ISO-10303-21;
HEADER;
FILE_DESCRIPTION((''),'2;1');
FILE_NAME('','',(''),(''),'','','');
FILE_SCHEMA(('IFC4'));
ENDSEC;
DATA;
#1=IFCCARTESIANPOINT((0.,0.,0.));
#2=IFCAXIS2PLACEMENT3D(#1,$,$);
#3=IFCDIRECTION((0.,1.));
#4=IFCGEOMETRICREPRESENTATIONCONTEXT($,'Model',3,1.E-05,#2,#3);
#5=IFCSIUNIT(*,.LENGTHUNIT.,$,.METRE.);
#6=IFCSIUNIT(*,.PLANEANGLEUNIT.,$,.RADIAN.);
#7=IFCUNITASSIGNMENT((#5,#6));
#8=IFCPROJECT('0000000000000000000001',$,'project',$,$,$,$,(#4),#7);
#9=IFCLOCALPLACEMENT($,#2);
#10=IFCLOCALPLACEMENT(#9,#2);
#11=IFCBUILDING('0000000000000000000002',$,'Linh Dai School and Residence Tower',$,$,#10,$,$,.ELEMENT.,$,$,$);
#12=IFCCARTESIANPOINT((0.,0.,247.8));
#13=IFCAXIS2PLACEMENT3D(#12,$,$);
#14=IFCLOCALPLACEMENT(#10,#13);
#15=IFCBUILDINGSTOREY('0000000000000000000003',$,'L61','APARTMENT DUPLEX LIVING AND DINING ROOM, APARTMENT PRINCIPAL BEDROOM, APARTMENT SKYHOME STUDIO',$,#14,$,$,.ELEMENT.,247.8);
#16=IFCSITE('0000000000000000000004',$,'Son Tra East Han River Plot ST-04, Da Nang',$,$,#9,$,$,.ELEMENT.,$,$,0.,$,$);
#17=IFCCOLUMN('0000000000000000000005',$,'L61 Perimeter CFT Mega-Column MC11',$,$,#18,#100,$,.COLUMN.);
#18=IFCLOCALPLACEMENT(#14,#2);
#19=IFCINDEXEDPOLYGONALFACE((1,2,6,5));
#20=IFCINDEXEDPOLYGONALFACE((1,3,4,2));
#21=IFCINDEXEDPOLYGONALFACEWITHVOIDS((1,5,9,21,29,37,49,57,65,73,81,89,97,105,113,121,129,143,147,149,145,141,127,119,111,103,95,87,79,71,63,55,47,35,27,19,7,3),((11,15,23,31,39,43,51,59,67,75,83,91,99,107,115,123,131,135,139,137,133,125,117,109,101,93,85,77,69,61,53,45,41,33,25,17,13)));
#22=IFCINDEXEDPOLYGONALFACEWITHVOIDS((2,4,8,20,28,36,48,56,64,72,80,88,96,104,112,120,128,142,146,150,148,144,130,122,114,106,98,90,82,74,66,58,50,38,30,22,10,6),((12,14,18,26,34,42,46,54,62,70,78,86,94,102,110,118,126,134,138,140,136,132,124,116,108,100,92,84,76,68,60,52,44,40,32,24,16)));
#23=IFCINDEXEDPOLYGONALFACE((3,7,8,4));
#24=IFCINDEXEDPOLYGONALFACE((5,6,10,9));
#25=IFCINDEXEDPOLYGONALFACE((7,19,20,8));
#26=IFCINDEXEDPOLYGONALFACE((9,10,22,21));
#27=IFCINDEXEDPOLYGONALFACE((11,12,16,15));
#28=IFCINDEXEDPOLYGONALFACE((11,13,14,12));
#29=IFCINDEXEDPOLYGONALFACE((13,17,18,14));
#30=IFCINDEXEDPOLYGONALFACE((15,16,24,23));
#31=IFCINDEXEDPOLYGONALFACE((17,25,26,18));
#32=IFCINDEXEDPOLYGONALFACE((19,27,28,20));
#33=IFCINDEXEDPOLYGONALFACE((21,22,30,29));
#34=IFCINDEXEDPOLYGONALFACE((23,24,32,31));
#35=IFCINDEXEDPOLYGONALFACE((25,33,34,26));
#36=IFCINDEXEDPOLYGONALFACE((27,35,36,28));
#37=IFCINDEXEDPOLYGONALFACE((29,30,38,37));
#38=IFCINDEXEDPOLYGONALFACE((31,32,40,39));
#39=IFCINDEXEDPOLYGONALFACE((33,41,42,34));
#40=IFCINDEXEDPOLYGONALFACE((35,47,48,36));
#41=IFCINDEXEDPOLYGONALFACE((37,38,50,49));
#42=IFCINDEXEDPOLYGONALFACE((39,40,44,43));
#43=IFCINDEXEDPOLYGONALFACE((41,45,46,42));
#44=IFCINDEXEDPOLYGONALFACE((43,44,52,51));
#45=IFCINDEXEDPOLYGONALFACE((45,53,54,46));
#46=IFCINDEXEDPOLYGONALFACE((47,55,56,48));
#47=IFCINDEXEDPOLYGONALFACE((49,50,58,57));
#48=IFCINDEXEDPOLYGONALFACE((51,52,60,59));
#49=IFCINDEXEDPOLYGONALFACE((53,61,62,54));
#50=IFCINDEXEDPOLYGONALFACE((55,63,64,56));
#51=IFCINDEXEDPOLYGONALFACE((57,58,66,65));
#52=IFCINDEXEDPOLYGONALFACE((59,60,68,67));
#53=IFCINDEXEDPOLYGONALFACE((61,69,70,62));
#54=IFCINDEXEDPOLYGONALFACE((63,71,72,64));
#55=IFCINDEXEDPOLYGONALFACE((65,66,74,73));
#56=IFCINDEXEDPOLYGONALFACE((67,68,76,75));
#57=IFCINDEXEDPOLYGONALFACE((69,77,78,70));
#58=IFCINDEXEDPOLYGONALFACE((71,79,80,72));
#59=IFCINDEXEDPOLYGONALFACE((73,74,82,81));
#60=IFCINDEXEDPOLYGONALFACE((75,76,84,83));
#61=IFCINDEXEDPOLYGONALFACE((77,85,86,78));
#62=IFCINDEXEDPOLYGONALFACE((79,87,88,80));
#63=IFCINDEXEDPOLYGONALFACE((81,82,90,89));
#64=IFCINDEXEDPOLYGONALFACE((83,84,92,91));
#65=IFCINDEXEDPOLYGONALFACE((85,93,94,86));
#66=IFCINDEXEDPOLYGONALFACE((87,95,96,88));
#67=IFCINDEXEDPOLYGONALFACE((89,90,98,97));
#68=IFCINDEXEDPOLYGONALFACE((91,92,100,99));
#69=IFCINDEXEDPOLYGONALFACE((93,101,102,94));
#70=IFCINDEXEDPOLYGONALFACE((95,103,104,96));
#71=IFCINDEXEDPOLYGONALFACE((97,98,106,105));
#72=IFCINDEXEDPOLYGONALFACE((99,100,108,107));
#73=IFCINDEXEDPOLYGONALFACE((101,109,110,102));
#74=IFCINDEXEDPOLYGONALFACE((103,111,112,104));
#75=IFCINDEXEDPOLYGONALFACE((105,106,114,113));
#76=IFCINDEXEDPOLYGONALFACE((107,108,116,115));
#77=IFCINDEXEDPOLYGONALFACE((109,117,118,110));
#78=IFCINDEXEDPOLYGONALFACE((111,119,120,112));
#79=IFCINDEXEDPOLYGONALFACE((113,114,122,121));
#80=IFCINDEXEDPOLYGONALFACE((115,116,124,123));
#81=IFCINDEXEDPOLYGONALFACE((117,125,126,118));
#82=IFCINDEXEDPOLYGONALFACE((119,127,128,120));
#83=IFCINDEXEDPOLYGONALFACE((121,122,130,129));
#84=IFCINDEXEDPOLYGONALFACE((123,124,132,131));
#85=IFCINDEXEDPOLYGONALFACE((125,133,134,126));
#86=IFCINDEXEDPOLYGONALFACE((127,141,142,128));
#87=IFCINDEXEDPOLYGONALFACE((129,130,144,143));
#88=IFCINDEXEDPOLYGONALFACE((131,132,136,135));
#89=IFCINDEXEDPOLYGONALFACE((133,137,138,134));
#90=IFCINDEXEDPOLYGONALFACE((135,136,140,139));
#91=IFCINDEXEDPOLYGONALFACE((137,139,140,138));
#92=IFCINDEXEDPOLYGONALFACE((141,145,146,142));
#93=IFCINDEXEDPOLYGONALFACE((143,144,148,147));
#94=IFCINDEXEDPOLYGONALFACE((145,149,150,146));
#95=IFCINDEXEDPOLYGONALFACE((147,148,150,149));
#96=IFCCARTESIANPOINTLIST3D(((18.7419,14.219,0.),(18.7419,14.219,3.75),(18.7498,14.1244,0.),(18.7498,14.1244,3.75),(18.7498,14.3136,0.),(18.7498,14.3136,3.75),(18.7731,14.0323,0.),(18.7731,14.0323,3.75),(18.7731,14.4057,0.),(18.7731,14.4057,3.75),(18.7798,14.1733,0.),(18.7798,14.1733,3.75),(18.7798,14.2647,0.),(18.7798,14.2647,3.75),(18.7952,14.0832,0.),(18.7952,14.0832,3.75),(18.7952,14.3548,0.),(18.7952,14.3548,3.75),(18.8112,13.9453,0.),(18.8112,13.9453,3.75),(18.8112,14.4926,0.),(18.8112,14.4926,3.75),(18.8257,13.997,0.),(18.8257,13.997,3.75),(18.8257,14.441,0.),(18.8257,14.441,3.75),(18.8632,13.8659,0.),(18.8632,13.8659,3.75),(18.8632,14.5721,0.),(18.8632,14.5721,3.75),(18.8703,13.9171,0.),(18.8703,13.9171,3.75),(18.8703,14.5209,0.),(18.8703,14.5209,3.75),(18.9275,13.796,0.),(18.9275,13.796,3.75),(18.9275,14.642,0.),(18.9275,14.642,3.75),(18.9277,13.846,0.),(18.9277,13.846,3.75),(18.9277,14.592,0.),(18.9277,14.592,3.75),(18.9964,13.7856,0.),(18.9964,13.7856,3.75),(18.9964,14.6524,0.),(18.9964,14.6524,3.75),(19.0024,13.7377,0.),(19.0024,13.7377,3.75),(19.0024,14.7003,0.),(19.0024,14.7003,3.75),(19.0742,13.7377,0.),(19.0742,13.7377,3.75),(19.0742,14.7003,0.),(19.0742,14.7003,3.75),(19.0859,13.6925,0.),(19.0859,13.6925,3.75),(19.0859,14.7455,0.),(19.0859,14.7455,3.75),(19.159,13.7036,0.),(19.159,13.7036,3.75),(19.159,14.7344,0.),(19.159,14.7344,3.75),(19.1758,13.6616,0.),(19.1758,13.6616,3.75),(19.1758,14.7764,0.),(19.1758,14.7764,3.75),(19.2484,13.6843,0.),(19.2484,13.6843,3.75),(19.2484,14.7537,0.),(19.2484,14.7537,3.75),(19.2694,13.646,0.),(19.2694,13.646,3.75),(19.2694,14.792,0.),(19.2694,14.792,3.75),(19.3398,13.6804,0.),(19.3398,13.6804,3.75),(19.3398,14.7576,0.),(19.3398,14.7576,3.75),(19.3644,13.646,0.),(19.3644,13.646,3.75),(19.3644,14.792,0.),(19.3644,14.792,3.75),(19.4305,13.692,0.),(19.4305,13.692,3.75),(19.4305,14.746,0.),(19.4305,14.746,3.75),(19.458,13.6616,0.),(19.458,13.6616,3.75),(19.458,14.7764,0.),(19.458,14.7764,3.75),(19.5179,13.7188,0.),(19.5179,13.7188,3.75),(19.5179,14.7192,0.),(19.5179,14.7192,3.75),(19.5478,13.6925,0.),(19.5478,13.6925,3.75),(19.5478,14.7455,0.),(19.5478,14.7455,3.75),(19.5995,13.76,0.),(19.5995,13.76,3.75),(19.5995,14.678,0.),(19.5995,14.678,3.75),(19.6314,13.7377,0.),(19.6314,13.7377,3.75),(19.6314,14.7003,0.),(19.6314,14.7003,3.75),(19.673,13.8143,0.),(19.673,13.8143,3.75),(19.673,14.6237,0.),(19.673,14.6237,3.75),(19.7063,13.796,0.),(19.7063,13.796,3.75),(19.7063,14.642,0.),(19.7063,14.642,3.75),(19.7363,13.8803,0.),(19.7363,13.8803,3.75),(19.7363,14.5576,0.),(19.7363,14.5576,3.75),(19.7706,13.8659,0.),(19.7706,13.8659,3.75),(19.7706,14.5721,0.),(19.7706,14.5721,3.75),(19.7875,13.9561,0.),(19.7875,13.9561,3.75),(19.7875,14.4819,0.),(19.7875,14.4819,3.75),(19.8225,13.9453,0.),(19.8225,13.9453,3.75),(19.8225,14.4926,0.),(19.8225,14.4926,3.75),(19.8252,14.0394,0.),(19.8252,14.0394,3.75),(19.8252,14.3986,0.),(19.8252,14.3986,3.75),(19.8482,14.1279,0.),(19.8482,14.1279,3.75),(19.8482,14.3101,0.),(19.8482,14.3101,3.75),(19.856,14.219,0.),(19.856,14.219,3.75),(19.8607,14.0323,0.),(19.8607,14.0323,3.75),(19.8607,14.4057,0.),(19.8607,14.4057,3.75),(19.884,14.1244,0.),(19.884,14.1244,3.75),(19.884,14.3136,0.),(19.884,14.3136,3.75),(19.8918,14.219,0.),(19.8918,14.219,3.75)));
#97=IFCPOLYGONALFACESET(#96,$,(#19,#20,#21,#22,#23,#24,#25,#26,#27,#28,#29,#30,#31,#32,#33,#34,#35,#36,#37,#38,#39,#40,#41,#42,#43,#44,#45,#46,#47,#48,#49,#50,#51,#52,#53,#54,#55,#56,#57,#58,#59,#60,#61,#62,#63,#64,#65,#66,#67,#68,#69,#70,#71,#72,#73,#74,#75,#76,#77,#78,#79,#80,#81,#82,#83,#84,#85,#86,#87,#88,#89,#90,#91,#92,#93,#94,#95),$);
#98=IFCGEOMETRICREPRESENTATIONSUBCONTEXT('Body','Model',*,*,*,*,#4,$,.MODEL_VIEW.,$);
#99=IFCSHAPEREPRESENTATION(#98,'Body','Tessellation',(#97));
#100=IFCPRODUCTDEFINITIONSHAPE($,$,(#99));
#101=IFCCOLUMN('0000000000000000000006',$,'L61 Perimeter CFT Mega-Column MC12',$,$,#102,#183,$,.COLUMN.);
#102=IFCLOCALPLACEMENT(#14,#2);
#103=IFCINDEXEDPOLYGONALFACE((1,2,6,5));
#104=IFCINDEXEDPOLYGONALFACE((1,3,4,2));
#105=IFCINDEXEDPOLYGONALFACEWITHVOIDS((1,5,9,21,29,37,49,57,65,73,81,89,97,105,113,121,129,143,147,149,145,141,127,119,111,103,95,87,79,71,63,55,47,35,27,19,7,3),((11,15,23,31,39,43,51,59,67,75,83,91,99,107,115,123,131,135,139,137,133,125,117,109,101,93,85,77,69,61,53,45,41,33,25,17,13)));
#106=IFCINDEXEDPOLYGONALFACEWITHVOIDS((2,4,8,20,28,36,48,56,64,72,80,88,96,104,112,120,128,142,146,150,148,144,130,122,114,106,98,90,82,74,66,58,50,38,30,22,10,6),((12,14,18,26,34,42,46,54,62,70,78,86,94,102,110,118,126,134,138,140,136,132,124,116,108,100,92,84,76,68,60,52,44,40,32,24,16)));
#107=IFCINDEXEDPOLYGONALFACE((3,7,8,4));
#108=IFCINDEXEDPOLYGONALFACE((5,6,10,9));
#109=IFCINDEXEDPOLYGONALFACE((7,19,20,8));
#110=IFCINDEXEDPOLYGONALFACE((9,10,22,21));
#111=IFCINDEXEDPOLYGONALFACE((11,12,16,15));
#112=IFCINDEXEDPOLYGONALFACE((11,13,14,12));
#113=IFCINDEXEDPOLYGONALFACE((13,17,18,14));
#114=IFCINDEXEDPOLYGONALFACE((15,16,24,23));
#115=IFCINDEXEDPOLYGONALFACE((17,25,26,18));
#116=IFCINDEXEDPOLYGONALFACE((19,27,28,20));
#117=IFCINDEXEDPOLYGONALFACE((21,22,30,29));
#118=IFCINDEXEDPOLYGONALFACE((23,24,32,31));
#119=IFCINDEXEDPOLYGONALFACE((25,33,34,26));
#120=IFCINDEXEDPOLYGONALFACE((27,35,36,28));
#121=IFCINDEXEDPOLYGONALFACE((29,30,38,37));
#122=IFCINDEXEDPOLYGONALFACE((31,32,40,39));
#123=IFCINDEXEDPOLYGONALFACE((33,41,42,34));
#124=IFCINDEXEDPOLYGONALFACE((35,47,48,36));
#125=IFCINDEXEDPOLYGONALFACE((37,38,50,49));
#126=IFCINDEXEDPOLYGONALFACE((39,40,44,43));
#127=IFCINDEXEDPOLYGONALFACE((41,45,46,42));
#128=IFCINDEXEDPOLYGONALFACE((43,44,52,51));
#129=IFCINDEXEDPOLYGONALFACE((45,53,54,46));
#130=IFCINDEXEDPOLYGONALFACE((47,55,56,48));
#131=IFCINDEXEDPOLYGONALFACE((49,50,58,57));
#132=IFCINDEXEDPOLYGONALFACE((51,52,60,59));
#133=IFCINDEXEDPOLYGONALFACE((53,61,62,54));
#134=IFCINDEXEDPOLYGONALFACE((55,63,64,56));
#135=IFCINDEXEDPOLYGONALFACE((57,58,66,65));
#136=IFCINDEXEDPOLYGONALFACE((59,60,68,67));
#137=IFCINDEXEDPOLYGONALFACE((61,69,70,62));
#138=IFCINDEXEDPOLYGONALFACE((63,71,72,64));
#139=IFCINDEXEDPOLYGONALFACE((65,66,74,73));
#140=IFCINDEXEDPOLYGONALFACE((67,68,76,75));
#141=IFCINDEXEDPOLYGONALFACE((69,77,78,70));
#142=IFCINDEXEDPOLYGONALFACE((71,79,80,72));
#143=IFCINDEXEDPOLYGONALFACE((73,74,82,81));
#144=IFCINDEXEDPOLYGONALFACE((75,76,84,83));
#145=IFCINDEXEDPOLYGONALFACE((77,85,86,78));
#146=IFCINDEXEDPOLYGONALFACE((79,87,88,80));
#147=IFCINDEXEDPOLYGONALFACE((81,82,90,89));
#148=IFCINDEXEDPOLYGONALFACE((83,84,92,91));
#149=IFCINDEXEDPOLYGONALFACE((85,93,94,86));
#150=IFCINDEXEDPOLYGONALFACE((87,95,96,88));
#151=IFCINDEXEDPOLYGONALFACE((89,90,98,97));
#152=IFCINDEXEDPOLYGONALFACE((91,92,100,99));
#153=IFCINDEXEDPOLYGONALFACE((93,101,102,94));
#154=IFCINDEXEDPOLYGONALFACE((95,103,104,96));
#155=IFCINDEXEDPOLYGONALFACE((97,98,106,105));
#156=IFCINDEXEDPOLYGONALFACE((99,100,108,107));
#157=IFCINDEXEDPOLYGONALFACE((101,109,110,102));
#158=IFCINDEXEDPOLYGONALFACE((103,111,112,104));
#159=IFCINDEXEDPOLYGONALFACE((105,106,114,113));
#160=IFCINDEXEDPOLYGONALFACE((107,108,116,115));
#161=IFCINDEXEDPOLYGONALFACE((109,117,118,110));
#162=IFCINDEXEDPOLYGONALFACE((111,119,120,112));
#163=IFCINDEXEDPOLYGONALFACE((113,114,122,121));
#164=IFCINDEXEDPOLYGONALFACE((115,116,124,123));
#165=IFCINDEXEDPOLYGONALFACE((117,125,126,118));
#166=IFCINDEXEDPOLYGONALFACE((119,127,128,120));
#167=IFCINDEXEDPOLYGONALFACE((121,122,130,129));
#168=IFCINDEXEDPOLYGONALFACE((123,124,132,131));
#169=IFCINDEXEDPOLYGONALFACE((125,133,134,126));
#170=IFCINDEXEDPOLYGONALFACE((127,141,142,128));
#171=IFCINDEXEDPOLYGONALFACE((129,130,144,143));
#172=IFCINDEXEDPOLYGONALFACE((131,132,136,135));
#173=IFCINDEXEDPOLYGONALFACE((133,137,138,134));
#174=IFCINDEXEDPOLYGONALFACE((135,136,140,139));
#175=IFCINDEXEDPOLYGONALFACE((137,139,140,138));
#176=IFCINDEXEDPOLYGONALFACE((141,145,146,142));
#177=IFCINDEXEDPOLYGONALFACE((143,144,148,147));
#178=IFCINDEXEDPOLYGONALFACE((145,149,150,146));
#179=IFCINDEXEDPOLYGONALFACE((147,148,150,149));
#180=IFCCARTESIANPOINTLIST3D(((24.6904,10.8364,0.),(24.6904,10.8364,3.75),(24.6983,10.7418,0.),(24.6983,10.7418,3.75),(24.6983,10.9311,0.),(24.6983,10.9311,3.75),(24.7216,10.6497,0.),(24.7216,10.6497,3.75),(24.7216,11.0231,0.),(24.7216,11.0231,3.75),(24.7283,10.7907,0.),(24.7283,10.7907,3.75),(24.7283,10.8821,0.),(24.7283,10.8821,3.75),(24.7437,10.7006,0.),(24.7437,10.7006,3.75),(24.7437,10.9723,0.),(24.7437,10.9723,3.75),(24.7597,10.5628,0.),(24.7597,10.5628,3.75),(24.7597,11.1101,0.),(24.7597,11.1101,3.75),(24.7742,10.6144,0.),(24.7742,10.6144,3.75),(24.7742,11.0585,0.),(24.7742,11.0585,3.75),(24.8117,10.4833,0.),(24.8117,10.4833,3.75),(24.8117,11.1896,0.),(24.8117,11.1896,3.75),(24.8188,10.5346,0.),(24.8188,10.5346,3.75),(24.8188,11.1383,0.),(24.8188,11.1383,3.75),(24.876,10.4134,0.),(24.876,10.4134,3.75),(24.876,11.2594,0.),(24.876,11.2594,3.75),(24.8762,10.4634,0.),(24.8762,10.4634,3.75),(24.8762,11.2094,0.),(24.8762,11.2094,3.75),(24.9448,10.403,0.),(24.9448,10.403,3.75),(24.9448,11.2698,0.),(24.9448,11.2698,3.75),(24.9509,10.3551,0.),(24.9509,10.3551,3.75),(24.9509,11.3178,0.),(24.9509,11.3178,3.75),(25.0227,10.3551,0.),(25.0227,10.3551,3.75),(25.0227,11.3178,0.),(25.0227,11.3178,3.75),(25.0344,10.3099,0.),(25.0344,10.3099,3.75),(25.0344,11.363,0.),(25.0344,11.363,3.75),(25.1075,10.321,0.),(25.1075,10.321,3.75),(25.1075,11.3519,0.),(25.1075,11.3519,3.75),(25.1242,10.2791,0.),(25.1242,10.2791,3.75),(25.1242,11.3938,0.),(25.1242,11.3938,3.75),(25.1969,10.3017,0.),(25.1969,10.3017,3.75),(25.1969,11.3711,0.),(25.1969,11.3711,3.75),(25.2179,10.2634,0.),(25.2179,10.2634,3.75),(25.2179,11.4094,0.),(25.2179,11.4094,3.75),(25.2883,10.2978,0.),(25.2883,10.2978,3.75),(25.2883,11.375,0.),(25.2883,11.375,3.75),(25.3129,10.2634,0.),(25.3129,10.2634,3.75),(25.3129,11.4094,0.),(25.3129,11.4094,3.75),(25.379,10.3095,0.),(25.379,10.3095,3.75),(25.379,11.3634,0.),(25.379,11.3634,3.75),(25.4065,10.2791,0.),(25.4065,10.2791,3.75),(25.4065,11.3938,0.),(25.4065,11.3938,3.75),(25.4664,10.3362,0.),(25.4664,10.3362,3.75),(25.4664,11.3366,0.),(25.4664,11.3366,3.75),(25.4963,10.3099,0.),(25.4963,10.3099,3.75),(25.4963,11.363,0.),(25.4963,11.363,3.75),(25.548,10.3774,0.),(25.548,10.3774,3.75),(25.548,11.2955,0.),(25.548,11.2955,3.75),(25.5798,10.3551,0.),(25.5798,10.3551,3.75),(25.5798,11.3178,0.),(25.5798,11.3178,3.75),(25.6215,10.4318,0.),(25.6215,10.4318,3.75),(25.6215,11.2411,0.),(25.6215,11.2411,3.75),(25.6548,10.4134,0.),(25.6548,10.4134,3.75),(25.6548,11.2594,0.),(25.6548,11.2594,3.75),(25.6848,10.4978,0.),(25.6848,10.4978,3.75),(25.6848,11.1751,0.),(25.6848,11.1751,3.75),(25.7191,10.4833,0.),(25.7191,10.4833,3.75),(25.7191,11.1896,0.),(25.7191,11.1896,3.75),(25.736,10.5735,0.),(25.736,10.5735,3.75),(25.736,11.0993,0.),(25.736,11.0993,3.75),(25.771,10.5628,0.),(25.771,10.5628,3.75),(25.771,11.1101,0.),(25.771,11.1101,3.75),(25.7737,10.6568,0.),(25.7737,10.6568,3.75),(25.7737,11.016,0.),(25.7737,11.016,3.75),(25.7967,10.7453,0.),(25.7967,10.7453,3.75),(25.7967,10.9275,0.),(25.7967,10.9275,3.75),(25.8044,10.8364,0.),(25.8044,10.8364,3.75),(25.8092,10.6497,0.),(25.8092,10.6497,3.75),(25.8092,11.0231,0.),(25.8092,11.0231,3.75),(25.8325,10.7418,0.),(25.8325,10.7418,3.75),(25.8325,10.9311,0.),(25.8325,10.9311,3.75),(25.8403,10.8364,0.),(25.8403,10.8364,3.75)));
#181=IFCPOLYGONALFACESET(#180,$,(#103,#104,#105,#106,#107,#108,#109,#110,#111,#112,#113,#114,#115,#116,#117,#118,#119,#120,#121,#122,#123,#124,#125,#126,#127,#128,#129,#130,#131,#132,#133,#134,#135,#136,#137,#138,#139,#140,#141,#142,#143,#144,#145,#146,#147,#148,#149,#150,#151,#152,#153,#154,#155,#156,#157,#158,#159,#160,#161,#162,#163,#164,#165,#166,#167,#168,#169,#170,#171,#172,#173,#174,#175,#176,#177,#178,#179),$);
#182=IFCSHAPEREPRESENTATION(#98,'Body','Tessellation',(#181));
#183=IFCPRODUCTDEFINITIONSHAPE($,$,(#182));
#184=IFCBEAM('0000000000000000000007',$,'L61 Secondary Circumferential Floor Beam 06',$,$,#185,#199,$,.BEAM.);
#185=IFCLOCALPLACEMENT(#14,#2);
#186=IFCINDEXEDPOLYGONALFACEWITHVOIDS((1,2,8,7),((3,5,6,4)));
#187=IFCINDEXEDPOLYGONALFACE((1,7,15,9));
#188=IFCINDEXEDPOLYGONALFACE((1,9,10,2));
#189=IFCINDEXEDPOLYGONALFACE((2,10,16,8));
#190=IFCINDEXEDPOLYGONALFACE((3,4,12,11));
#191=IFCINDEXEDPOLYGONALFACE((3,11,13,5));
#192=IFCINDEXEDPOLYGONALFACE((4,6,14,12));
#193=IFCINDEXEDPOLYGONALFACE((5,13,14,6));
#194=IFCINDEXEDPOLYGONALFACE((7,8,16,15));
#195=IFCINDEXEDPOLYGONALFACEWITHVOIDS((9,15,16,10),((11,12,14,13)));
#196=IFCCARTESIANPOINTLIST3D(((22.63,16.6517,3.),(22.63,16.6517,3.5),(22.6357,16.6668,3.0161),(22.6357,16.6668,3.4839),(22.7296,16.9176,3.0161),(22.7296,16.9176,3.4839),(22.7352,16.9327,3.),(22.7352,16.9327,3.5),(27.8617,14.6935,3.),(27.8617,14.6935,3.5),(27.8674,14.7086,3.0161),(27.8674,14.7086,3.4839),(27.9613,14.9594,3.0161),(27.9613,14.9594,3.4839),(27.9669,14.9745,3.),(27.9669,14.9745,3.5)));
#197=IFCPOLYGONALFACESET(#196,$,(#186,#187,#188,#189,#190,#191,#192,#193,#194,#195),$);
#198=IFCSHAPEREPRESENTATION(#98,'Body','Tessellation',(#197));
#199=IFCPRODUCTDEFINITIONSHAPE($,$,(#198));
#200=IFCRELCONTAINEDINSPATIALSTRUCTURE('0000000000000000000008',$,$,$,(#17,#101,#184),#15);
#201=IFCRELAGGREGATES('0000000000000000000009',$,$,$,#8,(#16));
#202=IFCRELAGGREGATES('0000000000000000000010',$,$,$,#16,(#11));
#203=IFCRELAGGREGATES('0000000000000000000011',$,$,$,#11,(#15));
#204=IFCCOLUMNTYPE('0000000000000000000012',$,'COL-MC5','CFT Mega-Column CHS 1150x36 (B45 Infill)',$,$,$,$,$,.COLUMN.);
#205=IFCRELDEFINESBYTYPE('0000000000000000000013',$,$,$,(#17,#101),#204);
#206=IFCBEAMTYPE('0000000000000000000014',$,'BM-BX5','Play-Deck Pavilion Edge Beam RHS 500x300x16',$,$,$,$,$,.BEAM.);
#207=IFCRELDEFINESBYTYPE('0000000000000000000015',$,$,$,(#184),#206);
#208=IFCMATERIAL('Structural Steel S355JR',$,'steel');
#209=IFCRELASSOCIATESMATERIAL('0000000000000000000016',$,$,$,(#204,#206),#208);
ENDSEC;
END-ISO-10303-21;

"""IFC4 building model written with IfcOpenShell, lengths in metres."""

from ifc_helpers import new_model, si_unit, direction, frame, origin, origin_2d, place, context, subcontext, project, spatial, hollow_rectangle, hollow_circle, extrude, material, material_profile, profile_set, type_object, element, save


model = new_model("IFC4")

# Units and contexts
model_context = context("Model", 3, precision=1e-05, world=origin(), true_north=direction((0.0, 1.0)))
body_context = subcontext(model_context, "Body", "Model", "MODEL_VIEW")
ifc_project = project(units=[si_unit("LENGTHUNIT", "METRE"), si_unit("PLANEANGLEUNIT", "RADIAN")], contexts=[model_context])

# Site, building, storey
site_placement = place(None, origin())
site = spatial("IfcSite", under=ifc_project, at=site_placement, Name="Son Tra East Han River Plot ST-04, Da Nang", CompositionType="ELEMENT", RefElevation=0.0)
building_placement = place(site_placement, origin())
building = spatial("IfcBuilding", under=site, at=building_placement, Name="Linh Dai School and Residence Tower", CompositionType="ELEMENT")
storey_placement = place(building_placement, frame((0.0, 0.0, 247.8)))
storey = spatial("IfcBuildingStorey", under=building, at=storey_placement, Name="L61", Description="APARTMENT DUPLEX LIVING AND DINING ROOM, APARTMENT PRINCIPAL BEDROOM, APARTMENT SKYHOME STUDIO", CompositionType="ELEMENT", Elevation=247.8)

# Columns
ifc_material_1 = material(Name="Structural Steel S355JR", Category="steel")
ifc_material_profile_1 = material_profile(ifc_material_1, hollow_circle(Radius=0.575, WallThickness=0.0359, at=origin_2d()), Name="CHS 1150x36")
ifc_profile_set_1 = profile_set([ifc_material_profile_1], Name="Structural Steel S355JR")
column_type = type_object("IfcColumnType", Name="COL-MC5", Description="CFT Mega-Column CHS 1150x36 (B45 Infill)", PredefinedType="COLUMN", material=ifc_profile_set_1)
for number, where, z_axis, x_axis, name in (
    (1, (19.3169, 14.219, 0.0), (0.0, 0.0, 1.0), (1.0, 0.0, 0.0), "L61 Perimeter CFT Mega-Column MC11"),
    (2, (25.2654, 10.8364, 0.0), (0.0, 0.0, 1.0), (1.0, 0.0, 0.0), "L61 Perimeter CFT Mega-Column MC12"),
):
    element("IfcColumn", number, at=place(storey_placement, frame(where, z_axis=z_axis, x_axis=x_axis)), inside=storey, type_object=column_type, Name=name, PredefinedType="COLUMN", context=body_context, shape_type="SweptSolid", body=[
        extrude(hollow_circle(Radius=0.575, WallThickness=0.0359, at=origin_2d()), origin(), (0.0, 0.0, 1.0), 3.75),
    ])

# Beam
ifc_material_profile_2 = material_profile(ifc_material_1, hollow_rectangle(XDim=0.3, YDim=0.5, WallThickness=0.0161, at=origin_2d()), Name="RHS 500x300x16")
ifc_profile_set_2 = profile_set([ifc_material_profile_2], Name="Structural Steel S355JR")
beam_type_1 = type_object("IfcBeamType", Name="BM-BX5", Description="Play-Deck Pavilion Edge Beam RHS 500x300x16", PredefinedType="BEAM", material=ifc_profile_set_2)
beam_1_placement = place(storey_placement, frame((22.6826, 16.7922, 3.25), z_axis=(0.936543, -0.350553, 0.0), x_axis=(0.350553, 0.936543, 0.0)))
element("IfcBeam", 3, at=beam_1_placement, inside=storey, type_object=beam_type_1, Name="L61 Secondary Circumferential Floor Beam 06", PredefinedType="BEAM", context=body_context, shape_type="SweptSolid", body=[
    extrude(hollow_rectangle(XDim=0.3, YDim=0.5, WallThickness=0.0161, at=origin_2d()), origin(), (0.0, 0.0, 1.0), 5.5862),
])

save(model, "model.ifc")
